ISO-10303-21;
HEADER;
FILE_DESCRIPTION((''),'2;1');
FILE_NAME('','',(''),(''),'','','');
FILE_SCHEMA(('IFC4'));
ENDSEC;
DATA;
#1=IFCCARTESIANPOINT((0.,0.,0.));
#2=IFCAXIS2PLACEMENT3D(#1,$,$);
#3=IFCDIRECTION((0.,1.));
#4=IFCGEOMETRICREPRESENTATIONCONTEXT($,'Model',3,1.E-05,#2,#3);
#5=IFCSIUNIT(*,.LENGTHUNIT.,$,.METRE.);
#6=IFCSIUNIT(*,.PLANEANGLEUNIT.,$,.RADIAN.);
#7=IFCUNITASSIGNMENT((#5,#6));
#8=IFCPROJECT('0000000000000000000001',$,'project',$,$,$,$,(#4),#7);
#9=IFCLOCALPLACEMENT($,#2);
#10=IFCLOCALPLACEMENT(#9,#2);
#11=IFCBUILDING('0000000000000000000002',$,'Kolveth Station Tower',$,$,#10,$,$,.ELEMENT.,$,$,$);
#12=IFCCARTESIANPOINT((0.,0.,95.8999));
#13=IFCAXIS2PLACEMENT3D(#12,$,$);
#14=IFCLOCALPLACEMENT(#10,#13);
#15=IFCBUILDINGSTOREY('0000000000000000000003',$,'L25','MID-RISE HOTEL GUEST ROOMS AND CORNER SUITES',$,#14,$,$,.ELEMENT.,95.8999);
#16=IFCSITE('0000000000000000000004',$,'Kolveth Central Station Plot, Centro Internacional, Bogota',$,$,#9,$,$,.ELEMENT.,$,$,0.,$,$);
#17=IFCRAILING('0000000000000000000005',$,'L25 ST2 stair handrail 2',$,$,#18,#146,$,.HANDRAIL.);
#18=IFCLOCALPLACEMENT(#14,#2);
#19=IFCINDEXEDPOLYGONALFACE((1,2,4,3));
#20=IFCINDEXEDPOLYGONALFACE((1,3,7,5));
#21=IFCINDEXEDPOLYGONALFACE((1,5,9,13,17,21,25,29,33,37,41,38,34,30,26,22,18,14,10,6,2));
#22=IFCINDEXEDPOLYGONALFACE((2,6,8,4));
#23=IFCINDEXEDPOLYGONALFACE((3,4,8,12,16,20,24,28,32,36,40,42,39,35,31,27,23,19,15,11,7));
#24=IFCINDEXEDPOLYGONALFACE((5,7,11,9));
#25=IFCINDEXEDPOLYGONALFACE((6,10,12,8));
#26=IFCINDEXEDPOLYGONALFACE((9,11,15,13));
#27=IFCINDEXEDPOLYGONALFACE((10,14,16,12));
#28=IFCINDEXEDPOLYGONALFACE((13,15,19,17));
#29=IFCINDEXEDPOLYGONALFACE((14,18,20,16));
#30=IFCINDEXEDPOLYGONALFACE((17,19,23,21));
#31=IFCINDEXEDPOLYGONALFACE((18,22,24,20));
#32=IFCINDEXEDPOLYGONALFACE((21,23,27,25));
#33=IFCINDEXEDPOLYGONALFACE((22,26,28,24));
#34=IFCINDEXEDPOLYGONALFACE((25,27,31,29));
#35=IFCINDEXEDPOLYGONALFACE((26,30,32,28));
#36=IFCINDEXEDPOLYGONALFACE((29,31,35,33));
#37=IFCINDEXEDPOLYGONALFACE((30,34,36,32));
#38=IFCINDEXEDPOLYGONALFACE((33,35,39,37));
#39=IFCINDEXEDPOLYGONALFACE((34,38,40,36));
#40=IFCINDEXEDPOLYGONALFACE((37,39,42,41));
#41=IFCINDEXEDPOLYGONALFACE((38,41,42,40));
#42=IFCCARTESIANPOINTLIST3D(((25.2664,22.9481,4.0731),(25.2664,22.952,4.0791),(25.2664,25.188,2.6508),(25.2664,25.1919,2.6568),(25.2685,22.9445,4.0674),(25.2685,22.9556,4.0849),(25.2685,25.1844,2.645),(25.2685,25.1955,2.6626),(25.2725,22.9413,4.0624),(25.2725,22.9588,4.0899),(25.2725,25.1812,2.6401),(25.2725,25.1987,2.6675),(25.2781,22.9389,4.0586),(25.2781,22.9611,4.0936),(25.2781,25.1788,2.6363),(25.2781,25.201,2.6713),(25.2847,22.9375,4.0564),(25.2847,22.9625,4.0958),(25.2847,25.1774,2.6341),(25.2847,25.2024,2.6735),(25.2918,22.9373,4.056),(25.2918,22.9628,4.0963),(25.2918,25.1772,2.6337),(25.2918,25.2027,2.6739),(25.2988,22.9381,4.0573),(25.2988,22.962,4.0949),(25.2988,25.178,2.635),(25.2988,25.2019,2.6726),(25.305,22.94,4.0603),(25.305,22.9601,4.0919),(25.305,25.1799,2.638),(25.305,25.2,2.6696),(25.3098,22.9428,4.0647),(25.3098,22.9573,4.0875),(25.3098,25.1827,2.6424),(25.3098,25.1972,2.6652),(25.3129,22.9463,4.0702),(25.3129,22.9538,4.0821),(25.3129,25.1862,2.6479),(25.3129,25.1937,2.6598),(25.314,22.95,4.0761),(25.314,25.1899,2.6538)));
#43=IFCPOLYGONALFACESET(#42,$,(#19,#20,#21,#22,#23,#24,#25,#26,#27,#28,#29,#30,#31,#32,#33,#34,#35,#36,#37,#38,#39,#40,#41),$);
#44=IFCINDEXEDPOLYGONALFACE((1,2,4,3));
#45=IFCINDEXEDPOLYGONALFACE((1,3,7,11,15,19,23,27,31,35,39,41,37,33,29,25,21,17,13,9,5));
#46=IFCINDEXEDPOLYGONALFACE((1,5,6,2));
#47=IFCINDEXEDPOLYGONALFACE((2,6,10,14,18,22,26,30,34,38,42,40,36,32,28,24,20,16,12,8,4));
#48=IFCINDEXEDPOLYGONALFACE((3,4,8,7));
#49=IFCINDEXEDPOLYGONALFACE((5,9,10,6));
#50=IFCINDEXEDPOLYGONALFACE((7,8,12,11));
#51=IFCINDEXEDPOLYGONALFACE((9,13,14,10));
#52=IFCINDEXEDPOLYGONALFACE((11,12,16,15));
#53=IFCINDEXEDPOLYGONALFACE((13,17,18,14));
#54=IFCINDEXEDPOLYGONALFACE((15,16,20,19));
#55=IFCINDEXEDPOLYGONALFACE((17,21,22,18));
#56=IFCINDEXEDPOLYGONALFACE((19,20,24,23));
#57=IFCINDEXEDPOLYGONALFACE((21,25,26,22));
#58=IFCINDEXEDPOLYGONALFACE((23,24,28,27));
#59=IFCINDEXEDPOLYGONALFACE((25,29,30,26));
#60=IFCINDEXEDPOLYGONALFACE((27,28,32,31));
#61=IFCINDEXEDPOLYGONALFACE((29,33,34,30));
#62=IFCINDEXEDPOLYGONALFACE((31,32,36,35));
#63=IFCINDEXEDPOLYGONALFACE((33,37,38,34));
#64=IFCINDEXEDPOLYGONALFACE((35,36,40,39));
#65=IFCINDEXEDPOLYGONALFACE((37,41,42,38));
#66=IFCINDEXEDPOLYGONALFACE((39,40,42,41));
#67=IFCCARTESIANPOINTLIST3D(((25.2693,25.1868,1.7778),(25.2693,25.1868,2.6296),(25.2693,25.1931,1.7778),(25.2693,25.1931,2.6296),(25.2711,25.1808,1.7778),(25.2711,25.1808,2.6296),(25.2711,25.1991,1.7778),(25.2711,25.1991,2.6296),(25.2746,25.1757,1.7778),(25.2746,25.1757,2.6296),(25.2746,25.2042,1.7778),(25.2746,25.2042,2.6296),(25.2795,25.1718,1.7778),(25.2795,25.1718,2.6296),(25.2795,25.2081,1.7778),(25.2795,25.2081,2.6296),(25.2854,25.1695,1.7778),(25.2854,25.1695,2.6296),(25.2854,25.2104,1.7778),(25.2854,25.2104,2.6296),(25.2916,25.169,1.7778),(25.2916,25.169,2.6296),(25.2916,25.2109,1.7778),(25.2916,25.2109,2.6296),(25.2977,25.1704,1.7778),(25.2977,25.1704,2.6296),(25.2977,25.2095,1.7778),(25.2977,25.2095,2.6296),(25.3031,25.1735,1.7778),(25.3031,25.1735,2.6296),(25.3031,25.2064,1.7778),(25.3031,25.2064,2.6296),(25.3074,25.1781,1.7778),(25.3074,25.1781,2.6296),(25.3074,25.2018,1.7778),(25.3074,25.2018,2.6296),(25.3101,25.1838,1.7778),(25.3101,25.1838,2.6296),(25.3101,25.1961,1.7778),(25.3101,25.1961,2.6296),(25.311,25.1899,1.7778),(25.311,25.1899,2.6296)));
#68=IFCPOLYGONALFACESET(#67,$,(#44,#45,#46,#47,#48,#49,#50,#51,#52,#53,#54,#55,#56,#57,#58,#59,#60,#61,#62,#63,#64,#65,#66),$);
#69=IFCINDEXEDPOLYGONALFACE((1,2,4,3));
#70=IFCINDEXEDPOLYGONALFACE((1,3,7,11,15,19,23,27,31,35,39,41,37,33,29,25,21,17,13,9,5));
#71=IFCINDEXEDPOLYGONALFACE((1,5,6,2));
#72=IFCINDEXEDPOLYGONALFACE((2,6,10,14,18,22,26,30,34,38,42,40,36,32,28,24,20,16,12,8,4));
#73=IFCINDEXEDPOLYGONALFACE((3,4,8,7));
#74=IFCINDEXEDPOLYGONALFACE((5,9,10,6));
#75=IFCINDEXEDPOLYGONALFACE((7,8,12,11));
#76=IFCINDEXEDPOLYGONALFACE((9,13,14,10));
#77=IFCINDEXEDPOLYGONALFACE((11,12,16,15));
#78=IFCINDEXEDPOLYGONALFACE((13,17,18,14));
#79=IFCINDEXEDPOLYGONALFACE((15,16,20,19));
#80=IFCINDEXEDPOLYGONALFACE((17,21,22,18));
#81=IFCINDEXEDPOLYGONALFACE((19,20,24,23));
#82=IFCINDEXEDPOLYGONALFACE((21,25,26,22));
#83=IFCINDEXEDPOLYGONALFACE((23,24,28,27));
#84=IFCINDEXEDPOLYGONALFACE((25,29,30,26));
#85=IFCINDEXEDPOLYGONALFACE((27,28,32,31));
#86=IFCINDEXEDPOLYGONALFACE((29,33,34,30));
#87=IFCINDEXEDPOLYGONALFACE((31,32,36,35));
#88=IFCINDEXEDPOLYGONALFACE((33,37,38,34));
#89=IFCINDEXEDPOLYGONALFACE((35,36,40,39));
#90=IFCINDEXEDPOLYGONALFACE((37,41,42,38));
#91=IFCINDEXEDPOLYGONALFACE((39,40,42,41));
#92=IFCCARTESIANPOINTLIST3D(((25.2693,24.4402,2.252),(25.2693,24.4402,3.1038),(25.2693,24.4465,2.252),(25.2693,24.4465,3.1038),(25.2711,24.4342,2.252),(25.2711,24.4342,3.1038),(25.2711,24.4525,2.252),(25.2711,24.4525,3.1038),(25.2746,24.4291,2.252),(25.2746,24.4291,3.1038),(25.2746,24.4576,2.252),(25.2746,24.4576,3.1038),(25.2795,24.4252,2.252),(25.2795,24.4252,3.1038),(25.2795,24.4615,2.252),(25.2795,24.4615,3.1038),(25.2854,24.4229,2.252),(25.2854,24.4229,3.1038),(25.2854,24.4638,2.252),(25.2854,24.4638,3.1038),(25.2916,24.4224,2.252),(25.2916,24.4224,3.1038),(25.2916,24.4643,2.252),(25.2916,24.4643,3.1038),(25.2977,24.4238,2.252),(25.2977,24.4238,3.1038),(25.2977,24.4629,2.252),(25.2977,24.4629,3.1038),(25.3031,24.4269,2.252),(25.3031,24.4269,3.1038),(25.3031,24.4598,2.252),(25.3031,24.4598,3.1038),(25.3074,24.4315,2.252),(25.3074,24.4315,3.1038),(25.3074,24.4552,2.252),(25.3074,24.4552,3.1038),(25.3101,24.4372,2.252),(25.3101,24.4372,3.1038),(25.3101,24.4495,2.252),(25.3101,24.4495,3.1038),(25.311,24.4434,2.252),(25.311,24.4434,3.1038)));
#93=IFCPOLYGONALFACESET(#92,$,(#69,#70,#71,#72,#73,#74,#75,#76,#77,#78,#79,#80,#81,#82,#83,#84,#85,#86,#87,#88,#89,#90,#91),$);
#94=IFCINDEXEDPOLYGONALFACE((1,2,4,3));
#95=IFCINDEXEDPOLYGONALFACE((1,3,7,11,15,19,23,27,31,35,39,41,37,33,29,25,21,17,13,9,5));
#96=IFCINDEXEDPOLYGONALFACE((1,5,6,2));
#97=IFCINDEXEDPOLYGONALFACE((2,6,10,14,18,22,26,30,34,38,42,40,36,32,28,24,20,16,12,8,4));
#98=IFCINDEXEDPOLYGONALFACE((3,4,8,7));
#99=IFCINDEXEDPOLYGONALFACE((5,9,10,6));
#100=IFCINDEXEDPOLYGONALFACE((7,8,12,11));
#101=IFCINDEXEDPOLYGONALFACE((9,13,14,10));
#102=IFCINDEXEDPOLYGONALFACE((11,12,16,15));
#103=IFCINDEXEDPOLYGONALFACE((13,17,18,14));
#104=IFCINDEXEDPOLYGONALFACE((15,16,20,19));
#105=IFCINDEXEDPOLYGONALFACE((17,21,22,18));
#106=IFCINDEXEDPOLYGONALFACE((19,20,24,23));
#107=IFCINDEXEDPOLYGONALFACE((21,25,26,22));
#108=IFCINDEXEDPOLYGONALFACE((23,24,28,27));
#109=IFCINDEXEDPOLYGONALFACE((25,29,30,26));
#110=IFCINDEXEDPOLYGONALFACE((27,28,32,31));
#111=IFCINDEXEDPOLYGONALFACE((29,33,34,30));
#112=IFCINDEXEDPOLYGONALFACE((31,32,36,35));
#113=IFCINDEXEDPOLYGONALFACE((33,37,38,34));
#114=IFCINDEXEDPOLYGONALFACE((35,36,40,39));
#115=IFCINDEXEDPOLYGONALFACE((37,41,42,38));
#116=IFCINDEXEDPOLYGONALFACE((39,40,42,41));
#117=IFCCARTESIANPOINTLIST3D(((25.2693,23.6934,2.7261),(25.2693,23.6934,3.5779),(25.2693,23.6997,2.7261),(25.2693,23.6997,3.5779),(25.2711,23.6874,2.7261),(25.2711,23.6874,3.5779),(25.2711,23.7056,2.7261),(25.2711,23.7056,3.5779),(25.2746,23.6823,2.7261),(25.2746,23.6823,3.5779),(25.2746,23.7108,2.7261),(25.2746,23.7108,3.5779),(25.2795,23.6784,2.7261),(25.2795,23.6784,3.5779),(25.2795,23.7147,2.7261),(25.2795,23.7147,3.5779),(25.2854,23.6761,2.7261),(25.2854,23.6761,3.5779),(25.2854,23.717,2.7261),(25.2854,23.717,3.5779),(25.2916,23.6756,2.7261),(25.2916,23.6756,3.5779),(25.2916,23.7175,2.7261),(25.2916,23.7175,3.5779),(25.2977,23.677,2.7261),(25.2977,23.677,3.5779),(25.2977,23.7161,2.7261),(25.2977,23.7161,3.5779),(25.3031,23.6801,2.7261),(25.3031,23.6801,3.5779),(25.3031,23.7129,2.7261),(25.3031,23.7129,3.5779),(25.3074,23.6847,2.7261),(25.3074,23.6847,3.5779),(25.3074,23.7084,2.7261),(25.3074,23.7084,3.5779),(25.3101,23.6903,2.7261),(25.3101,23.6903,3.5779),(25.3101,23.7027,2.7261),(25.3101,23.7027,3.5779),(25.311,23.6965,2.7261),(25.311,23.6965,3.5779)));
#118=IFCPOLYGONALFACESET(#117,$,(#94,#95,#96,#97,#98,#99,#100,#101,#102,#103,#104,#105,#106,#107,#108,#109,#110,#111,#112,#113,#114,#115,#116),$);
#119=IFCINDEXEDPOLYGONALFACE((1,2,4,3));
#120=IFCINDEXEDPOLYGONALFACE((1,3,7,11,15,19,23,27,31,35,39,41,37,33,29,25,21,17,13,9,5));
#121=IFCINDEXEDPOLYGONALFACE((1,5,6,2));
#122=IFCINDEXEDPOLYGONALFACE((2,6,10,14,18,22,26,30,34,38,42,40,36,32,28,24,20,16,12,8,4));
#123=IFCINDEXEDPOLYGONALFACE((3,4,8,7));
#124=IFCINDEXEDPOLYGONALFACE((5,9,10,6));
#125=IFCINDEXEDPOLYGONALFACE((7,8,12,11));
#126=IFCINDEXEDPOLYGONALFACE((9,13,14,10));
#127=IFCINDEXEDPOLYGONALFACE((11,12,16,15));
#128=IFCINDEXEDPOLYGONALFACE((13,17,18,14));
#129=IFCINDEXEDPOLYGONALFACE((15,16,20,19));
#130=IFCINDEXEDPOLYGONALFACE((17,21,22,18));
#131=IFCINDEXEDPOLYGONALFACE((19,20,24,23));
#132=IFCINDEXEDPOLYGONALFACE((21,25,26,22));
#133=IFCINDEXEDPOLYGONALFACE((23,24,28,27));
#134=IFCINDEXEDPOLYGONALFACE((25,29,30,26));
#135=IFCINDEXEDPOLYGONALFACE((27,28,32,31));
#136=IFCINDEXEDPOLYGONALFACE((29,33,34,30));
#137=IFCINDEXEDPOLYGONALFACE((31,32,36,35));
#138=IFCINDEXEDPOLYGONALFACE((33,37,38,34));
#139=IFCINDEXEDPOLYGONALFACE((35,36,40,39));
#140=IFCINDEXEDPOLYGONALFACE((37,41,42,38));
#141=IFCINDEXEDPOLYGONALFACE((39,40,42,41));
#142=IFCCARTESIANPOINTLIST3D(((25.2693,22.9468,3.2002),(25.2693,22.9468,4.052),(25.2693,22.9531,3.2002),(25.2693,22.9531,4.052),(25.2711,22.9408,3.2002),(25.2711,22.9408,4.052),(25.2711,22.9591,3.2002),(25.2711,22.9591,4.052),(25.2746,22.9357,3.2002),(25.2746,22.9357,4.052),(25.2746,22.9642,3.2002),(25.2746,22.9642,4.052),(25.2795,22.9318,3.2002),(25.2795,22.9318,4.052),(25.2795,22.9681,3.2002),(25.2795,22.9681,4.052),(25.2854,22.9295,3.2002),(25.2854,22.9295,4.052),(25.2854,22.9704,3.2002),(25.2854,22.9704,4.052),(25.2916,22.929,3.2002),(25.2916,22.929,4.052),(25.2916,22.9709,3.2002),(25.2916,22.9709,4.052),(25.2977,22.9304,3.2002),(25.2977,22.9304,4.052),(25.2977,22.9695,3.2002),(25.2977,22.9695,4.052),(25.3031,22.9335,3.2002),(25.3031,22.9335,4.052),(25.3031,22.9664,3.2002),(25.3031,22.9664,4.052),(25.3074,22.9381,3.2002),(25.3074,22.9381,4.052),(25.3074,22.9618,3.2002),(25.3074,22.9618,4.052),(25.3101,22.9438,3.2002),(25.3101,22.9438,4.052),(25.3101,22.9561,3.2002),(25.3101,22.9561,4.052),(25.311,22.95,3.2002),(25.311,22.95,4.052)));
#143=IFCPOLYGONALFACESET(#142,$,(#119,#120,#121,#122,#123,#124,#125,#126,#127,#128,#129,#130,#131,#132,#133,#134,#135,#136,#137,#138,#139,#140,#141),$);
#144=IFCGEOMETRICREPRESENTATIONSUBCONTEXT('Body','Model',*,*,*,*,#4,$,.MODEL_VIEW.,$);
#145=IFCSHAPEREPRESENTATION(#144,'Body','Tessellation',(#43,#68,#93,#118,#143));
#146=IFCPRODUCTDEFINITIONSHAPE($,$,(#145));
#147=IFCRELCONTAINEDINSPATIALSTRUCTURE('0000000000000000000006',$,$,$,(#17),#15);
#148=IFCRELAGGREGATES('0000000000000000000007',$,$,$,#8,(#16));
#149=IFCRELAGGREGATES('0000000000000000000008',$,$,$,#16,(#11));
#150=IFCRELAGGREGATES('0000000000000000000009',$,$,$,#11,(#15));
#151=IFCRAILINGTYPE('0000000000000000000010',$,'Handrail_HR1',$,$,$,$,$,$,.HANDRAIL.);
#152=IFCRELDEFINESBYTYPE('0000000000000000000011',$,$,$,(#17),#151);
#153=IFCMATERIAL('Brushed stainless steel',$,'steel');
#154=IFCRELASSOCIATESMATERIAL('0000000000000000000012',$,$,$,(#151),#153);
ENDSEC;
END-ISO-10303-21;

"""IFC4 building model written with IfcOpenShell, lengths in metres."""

from ifc_helpers import new_model, si_unit, direction, frame, origin, origin_2d, place, context, subcontext, project, spatial, circle, extrude, material, type_object, element, save


model = new_model("IFC4")

# Units and contexts
model_context = context("Model", 3, precision=1e-05, world=origin(), true_north=direction((0.0, 1.0)))
body_context = subcontext(model_context, "Body", "Model", "MODEL_VIEW")
ifc_project = project(units=[si_unit("LENGTHUNIT", "METRE"), si_unit("PLANEANGLEUNIT", "RADIAN")], contexts=[model_context])

# Site, building, storey
site_placement = place(None, origin())
site = spatial("IfcSite", under=ifc_project, at=site_placement, Name="Kolveth Central Station Plot, Centro Internacional, Bogota", CompositionType="ELEMENT", RefElevation=0.0)
building_placement = place(site_placement, origin())
building = spatial("IfcBuilding", under=site, at=building_placement, Name="Kolveth Station Tower", CompositionType="ELEMENT")
storey_placement = place(building_placement, frame((0.0, 0.0, 95.8999)))
storey = spatial("IfcBuildingStorey", under=building, at=storey_placement, Name="L25", Description="MID-RISE HOTEL GUEST ROOMS AND CORNER SUITES", CompositionType="ELEMENT", Elevation=95.8999)

# Railing
ifc_material_1 = material(Name="Brushed stainless steel", Category="steel")
railing_type_1 = type_object("IfcRailingType", Name="Handrail_HR1", PredefinedType="HANDRAIL", material=ifc_material_1)
railing_1_placement = place(storey_placement, frame((25.29, 25.1899, 1.7778)))
element("IfcRailing", 1, at=railing_1_placement, inside=storey, type_object=railing_type_1, Name="L25 ST2 stair handrail 2", PredefinedType="HANDRAIL", context=body_context, shape_type="SweptSolid", body=[
    extrude(circle(Radius=0.0239, at=origin_2d()), frame((0.0, 0.0, 0.876), z_axis=(0.0, -0.844188, 0.536048), x_axis=(1.0, 0.0, 0.0)), (0.0, 0.0, 1.0), 2.6533),
    extrude(circle(Radius=0.021, at=origin_2d()), origin(), (0.0, 0.0, 1.0), 0.8518),
    extrude(circle(Radius=0.021, at=origin_2d()), frame((0.0, -0.7466, 0.4741)), (0.0, 0.0, 1.0), 0.8518),
    extrude(circle(Radius=0.021, at=origin_2d()), frame((0.0, -1.4934, 0.9482)), (0.0, 0.0, 1.0), 0.8518),
    extrude(circle(Radius=0.021, at=origin_2d()), frame((0.0, -2.24, 1.4224)), (0.0, 0.0, 1.0), 0.8518),
])

save(model, "model.ifc")
